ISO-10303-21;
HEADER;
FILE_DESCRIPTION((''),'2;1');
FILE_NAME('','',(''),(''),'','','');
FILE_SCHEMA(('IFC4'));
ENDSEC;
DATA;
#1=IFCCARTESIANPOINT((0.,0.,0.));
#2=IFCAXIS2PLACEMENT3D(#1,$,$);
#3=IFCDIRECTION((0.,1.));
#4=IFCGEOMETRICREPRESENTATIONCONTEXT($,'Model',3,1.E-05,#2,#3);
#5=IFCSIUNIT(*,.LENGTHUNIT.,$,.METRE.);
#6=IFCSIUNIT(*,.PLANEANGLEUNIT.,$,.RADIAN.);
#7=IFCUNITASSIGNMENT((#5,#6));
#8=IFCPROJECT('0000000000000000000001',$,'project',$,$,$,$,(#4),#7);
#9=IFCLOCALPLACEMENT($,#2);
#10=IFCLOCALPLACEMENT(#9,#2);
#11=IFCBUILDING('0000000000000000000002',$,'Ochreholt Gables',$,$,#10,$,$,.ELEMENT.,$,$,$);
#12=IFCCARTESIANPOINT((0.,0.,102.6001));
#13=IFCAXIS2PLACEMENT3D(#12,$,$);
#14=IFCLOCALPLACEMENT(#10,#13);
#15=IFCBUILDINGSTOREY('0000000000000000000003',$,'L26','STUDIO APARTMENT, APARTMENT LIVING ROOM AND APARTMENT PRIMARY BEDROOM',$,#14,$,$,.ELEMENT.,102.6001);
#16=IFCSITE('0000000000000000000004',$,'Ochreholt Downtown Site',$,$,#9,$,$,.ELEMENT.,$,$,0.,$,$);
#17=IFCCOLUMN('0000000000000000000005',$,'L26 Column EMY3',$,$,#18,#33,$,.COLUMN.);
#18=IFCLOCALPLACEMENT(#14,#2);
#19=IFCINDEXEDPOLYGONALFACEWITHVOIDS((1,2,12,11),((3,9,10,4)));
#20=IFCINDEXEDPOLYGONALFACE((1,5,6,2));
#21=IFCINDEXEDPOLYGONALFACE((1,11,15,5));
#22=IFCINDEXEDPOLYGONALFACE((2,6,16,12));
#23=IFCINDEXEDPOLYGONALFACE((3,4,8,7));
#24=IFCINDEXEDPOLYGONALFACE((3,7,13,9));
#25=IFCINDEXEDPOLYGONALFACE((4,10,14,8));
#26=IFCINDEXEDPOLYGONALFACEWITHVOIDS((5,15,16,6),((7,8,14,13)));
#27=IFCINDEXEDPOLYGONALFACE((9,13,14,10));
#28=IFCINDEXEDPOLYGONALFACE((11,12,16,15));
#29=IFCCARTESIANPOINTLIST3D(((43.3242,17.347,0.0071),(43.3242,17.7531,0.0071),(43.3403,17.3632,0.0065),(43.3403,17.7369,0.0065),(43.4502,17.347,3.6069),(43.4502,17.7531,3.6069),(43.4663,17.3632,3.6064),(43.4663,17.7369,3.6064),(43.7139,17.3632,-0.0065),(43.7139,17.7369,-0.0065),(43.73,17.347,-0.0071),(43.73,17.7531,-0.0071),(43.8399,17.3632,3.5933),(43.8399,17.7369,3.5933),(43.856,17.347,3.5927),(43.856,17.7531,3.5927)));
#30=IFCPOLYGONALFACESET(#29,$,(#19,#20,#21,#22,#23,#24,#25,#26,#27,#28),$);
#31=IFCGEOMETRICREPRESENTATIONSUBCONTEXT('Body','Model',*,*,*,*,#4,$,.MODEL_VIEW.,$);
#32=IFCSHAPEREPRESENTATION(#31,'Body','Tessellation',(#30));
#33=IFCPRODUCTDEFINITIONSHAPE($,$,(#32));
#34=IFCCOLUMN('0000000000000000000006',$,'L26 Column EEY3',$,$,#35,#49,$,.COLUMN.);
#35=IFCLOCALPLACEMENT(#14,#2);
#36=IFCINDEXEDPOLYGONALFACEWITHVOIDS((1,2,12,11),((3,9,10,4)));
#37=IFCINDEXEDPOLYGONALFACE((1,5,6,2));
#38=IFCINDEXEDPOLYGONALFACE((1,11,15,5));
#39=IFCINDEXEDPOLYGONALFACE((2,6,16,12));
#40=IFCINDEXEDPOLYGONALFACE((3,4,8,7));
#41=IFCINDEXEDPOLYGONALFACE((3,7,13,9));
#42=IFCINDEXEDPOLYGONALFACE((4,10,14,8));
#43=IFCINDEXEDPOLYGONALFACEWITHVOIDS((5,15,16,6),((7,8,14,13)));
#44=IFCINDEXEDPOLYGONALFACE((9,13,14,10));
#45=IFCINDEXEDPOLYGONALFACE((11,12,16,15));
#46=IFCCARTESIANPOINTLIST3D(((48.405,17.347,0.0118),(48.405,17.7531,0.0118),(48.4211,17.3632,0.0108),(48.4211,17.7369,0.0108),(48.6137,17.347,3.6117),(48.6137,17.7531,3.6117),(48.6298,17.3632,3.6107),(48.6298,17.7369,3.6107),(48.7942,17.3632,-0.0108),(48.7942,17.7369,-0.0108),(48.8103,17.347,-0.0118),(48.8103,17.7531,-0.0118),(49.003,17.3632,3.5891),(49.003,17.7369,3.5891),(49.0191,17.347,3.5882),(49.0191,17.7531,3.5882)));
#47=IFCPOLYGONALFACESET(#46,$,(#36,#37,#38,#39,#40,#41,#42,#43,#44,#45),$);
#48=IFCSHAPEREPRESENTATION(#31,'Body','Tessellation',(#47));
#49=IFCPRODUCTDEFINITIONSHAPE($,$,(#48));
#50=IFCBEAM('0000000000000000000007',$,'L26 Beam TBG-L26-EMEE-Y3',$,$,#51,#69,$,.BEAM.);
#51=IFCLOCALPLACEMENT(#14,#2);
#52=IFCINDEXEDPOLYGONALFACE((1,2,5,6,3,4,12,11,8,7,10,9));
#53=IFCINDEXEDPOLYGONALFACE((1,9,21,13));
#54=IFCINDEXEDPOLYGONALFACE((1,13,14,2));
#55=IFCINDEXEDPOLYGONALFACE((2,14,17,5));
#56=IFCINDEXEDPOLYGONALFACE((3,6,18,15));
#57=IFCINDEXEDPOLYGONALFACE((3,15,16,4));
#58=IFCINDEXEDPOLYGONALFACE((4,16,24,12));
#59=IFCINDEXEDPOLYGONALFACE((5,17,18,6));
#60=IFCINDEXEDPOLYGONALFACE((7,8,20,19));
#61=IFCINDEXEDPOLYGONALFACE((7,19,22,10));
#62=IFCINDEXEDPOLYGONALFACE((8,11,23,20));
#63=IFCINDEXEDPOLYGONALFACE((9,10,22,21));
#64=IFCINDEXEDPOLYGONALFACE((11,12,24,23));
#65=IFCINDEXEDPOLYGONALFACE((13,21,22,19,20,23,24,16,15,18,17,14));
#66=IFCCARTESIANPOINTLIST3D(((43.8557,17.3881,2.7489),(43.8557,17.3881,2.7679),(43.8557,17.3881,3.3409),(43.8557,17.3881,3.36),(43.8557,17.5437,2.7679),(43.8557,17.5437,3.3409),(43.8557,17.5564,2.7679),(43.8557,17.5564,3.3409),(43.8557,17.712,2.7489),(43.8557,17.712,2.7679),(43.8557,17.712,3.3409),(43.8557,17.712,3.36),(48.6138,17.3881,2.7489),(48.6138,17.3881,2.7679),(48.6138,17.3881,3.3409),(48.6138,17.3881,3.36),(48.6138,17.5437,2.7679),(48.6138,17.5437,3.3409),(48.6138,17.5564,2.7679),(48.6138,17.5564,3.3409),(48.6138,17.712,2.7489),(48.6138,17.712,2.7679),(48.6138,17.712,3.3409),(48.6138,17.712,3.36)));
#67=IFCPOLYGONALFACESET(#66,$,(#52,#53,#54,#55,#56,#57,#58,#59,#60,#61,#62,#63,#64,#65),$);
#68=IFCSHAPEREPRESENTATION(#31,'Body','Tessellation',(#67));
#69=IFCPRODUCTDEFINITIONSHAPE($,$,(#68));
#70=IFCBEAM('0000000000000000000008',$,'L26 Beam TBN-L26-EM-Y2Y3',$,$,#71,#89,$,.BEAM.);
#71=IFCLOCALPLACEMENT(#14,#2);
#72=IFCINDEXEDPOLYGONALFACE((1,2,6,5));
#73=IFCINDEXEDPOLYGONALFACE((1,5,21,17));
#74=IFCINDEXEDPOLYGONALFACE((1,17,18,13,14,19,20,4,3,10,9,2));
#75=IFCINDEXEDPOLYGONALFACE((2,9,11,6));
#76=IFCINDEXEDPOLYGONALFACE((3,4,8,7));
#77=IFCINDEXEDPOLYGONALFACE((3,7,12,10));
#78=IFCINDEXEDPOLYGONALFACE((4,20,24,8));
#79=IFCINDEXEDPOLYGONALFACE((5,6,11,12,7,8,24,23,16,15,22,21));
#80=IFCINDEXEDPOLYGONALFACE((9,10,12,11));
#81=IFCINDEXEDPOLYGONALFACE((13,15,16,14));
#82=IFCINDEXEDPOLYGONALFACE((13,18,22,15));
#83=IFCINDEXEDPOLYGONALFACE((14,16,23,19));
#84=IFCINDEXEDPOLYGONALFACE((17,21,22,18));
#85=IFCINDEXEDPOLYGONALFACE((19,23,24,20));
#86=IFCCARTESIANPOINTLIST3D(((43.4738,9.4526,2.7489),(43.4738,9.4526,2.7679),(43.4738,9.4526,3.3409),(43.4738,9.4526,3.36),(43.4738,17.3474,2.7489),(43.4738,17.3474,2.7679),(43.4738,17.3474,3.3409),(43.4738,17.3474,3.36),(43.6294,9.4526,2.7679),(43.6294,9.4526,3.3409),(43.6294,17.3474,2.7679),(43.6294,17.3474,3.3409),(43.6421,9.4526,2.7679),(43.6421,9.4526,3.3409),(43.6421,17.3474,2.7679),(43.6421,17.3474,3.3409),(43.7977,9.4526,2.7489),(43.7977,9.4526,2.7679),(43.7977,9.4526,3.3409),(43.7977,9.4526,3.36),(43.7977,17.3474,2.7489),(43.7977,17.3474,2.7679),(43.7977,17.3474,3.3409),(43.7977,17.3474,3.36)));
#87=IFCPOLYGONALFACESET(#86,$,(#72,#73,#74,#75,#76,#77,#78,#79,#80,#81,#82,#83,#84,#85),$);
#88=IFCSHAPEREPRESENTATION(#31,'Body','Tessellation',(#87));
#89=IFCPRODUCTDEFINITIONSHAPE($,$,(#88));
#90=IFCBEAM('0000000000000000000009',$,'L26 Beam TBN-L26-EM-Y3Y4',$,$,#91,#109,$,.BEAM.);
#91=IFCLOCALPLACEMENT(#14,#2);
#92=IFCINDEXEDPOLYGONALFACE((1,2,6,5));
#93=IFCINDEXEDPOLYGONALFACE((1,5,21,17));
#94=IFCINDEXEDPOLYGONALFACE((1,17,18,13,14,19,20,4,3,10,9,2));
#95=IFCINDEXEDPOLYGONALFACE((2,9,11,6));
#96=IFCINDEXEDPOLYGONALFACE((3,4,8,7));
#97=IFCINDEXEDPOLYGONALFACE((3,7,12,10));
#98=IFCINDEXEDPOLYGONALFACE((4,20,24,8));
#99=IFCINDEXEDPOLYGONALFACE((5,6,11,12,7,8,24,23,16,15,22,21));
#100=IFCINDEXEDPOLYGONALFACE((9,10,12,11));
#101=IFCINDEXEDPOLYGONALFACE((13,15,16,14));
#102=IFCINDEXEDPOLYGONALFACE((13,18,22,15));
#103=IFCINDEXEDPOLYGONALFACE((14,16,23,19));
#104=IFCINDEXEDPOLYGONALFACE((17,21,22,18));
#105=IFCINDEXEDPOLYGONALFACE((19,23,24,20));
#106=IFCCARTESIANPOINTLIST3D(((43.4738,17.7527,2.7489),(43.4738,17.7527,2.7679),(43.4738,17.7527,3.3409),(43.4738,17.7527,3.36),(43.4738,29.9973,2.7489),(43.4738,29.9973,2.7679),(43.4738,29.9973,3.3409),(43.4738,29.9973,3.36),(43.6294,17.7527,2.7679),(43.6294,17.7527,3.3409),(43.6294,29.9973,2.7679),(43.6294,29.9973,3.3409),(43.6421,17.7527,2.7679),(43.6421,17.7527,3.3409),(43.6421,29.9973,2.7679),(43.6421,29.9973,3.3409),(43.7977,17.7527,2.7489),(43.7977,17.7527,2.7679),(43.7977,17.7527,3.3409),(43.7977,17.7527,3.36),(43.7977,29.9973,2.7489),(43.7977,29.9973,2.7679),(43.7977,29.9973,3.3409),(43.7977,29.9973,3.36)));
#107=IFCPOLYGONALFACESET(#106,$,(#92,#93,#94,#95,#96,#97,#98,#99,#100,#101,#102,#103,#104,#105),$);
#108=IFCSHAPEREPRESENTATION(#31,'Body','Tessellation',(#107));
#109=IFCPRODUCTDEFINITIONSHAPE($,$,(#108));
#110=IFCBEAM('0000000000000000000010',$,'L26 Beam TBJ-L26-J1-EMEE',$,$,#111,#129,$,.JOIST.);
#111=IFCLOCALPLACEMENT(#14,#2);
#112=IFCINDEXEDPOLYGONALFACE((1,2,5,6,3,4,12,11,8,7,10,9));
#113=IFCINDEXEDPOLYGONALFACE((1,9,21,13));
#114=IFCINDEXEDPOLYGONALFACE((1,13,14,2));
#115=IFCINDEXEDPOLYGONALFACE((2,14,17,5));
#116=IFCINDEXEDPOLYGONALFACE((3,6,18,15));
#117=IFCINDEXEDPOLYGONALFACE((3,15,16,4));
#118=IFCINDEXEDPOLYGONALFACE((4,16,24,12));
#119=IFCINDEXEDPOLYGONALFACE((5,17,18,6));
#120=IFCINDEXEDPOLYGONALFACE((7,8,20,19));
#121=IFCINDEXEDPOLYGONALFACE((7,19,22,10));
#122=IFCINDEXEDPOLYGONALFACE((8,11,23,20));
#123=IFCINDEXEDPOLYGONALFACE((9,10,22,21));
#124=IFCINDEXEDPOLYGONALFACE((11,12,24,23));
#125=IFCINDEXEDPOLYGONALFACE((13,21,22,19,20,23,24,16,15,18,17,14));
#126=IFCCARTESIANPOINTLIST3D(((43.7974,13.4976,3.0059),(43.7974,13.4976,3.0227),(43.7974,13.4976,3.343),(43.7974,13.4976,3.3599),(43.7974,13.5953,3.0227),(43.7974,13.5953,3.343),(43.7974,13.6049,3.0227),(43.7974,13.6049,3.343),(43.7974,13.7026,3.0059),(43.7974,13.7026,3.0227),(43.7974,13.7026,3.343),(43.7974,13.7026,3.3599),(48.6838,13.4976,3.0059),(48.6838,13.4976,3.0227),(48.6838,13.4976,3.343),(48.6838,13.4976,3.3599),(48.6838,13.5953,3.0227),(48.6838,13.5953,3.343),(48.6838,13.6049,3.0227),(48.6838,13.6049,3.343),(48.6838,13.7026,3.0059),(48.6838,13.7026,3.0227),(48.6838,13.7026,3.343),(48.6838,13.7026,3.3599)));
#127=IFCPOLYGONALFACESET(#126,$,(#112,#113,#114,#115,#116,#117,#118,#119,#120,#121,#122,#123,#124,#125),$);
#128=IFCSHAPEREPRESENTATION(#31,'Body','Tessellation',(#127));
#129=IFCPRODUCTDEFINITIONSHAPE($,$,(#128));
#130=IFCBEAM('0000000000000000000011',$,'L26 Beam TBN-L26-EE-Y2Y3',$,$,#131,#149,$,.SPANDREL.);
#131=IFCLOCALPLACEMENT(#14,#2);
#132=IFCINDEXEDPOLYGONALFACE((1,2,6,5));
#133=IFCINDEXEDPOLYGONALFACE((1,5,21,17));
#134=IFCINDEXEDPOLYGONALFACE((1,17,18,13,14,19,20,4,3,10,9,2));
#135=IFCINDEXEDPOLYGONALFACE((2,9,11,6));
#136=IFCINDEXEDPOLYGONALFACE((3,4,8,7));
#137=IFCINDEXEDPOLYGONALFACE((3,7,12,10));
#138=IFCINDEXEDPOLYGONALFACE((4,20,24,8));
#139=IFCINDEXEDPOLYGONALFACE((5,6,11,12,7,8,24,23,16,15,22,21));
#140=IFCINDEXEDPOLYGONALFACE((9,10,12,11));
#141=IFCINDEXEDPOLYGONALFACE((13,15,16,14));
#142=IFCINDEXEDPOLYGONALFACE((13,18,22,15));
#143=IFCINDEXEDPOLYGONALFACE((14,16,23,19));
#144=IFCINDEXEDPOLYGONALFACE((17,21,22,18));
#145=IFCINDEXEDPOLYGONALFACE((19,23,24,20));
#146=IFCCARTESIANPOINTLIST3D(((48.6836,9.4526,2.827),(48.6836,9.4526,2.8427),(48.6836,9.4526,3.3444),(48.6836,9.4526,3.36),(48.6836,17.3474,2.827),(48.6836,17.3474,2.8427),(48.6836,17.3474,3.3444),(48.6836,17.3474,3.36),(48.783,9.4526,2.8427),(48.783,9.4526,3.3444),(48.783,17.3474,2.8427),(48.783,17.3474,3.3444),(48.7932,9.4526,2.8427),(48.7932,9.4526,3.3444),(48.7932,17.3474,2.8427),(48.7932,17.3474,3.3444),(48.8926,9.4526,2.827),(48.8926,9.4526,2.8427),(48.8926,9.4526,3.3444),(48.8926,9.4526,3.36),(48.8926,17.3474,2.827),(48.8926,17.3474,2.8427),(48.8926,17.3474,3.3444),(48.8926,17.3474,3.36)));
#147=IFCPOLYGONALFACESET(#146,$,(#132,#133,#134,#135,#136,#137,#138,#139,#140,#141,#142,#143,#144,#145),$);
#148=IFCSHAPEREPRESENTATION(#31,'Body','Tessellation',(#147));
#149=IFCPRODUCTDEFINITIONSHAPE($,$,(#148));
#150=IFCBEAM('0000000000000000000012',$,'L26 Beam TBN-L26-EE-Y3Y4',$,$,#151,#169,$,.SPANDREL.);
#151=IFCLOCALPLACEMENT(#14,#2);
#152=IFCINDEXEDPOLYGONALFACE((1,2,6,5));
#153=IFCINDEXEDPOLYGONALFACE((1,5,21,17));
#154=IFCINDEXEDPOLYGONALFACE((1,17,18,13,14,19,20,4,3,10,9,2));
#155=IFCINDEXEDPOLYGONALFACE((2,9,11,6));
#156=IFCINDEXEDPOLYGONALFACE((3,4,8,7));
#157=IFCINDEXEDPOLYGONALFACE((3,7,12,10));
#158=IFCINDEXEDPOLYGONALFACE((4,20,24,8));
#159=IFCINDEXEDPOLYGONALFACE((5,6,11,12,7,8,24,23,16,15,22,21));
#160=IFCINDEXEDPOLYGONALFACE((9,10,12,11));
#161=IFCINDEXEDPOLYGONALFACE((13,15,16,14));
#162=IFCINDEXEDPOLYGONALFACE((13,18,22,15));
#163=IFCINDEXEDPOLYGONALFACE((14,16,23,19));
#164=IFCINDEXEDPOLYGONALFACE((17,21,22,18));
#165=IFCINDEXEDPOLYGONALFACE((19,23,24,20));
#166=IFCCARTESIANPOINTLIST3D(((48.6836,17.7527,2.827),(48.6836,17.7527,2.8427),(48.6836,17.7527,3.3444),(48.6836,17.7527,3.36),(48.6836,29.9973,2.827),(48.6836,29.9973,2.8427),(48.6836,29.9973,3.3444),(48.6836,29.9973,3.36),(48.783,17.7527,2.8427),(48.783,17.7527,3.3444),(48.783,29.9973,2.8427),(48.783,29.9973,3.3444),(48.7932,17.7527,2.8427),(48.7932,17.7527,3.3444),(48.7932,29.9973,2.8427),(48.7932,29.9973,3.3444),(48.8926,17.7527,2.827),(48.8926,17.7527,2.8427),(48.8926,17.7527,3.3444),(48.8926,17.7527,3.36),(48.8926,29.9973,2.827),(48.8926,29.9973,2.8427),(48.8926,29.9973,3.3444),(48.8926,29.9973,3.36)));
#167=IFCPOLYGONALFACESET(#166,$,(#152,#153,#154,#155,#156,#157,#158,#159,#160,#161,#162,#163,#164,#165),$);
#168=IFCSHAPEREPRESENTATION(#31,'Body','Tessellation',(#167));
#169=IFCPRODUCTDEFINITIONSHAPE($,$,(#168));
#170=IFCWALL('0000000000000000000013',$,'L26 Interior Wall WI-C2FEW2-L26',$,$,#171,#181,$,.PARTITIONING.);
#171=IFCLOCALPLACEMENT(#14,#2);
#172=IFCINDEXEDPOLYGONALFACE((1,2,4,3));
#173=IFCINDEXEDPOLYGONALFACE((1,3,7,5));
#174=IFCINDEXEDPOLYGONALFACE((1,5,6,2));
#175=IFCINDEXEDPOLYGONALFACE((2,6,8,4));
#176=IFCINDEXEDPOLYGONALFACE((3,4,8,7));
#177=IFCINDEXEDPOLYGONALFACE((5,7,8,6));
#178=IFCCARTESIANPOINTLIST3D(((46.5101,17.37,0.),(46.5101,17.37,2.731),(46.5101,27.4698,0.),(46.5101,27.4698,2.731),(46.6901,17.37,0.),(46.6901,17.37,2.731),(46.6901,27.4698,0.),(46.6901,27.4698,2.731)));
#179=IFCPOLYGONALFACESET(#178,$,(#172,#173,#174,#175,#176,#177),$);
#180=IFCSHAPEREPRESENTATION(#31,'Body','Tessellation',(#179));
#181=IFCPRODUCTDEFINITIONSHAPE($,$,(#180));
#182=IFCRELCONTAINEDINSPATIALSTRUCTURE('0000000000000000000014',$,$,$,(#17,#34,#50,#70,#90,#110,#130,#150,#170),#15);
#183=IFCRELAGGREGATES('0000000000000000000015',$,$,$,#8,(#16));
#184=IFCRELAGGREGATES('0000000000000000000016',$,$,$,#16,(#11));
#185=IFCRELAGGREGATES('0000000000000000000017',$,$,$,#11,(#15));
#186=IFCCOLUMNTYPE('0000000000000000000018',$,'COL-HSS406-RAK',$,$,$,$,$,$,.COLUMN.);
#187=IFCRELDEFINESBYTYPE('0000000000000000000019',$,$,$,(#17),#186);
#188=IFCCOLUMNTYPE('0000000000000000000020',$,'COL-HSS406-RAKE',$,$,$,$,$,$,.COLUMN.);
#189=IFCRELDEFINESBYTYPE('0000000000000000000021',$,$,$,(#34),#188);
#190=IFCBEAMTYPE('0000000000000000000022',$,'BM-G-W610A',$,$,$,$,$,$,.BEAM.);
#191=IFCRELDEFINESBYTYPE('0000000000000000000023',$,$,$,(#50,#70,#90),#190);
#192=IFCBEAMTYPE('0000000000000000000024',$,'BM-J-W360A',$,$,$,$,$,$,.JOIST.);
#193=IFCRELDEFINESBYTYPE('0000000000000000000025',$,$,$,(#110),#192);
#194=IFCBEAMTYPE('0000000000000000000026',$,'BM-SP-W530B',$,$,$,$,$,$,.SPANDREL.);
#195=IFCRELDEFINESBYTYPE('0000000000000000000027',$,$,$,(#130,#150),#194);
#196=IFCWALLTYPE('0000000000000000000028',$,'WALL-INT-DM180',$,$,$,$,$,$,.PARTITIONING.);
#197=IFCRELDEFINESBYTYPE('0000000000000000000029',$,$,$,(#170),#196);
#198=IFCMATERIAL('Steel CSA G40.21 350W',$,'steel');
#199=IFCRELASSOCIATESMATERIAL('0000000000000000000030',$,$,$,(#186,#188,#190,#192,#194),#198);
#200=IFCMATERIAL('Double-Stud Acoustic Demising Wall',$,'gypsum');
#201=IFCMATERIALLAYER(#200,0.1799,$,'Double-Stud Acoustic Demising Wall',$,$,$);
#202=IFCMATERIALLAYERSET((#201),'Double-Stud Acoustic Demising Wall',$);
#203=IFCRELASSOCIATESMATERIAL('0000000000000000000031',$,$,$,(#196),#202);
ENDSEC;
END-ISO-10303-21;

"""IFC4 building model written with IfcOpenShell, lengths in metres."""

from ifc_helpers import new_model, si_unit, direction, frame, frame_2d, origin, origin_2d, place, context, subcontext, project, spatial, rectangle, hollow_rectangle, i_section, extrude, material, layer, layer_set, material_profile, profile_set, type_object, element, save


model = new_model("IFC4")

# Units and contexts
model_context = context("Model", 3, precision=1e-05, world=origin(), true_north=direction((0.0, 1.0)))
body_context = subcontext(model_context, "Body", "Model", "MODEL_VIEW")
ifc_project = project(units=[si_unit("LENGTHUNIT", "METRE"), si_unit("PLANEANGLEUNIT", "RADIAN")], contexts=[model_context])

# Site, building, storey
site_placement = place(None, origin())
site = spatial("IfcSite", under=ifc_project, at=site_placement, Name="Ochreholt Downtown Site", CompositionType="ELEMENT", RefElevation=0.0)
building_placement = place(site_placement, origin())
building = spatial("IfcBuilding", under=site, at=building_placement, Name="Ochreholt Gables", CompositionType="ELEMENT")
storey_placement = place(building_placement, frame((0.0, 0.0, 102.6001)))
storey = spatial("IfcBuildingStorey", under=building, at=storey_placement, Name="L26", Description="STUDIO APARTMENT, APARTMENT LIVING ROOM AND APARTMENT PRIMARY BEDROOM", CompositionType="ELEMENT", Elevation=102.6001)

# Columns
ifc_material_1 = material(Name="Steel CSA G40.21 350W", Category="steel")
ifc_material_profile_1 = material_profile(ifc_material_1, hollow_rectangle(XDim=0.406, YDim=0.406, WallThickness=0.0161, at=origin_2d()), Name="HSS406X406X16")
ifc_profile_set_1 = profile_set([ifc_material_profile_1], Name="Steel CSA G40.21 350W")
column_type_1 = type_object("IfcColumnType", Name="COL-HSS406-RAK", PredefinedType="COLUMN", material=ifc_profile_set_1)
column_1_placement = place(storey_placement, frame((43.5271, 17.55, 0.0), z_axis=(0.034974, 0.0, 0.999388), x_axis=(0.0, 1.0, 0.0)))
element("IfcColumn", 1, at=column_1_placement, inside=storey, type_object=column_type_1, Name="L26 Column EMY3", PredefinedType="COLUMN", context=body_context, shape_type="SweptSolid", body=[
    extrude(hollow_rectangle(XDim=0.406, YDim=0.406, WallThickness=0.0161, at=origin_2d()), origin(), (0.0, 0.0, 1.0), 3.6021),
])
ifc_material_profile_2 = material_profile(ifc_material_1, hollow_rectangle(XDim=0.406, YDim=0.406, WallThickness=0.0161, at=origin_2d()), Name="HSS406X406X16")
ifc_profile_set_2 = profile_set([ifc_material_profile_2], Name="Steel CSA G40.21 350W")
column_type_2 = type_object("IfcColumnType", Name="COL-HSS406-RAKE", PredefinedType="COLUMN", material=ifc_profile_set_2)
column_2_placement = place(storey_placement, frame((48.6077, 17.55, 0.0), z_axis=(0.057889, 0.0, 0.998323), x_axis=(0.0, 1.0, 0.0)))
element("IfcColumn", 2, at=column_2_placement, inside=storey, type_object=column_type_2, Name="L26 Column EEY3", PredefinedType="COLUMN", context=body_context, shape_type="SweptSolid", body=[
    extrude(hollow_rectangle(XDim=0.406, YDim=0.406, WallThickness=0.0161, at=origin_2d()), origin(), (0.0, 0.0, 1.0), 3.606),
])

# Beams
ifc_material_profile_3 = material_profile(ifc_material_1, i_section(OverallWidth=0.324, OverallDepth=0.6111, WebThickness=0.0127, FlangeThickness=0.019, at=origin_2d()), Name="W610X155")
ifc_profile_set_3 = profile_set([ifc_material_profile_3], Name="Steel CSA G40.21 350W")
beam_type_1 = type_object("IfcBeamType", Name="BM-G-W610A", PredefinedType="BEAM", material=ifc_profile_set_3)
beam_1_placement = place(storey_placement, frame((43.8557, 17.55, 3.0544), z_axis=(1.0, 0.0, 0.0), x_axis=(0.0, 1.0, 0.0)))
element("IfcBeam", 3, at=beam_1_placement, inside=storey, type_object=beam_type_1, Name="L26 Beam TBG-L26-EMEE-Y3", PredefinedType="BEAM", context=body_context, shape_type="SweptSolid", body=[
    extrude(i_section(OverallWidth=0.324, OverallDepth=0.6111, WebThickness=0.0127, FlangeThickness=0.019, at=origin_2d()), origin(), (0.0, 0.0, 1.0), 4.7581),
])
beam_2_placement = place(storey_placement, frame((43.6357, 9.4526, 3.0544), z_axis=(0.0, 1.0, 0.0), x_axis=(-1.0, 0.0, 0.0)))
element("IfcBeam", 4, at=beam_2_placement, inside=storey, type_object=beam_type_1, Name="L26 Beam TBN-L26-EM-Y2Y3", PredefinedType="BEAM", context=body_context, shape_type="SweptSolid", body=[
    extrude(i_section(OverallWidth=0.324, OverallDepth=0.6111, WebThickness=0.0127, FlangeThickness=0.019, at=origin_2d()), origin(), (0.0, 0.0, 1.0), 7.8948),
])
beam_3_placement = place(storey_placement, frame((43.6357, 17.7527, 3.0544), z_axis=(0.0, 1.0, 0.0), x_axis=(-1.0, 0.0, 0.0)))
element("IfcBeam", 5, at=beam_3_placement, inside=storey, type_object=beam_type_1, Name="L26 Beam TBN-L26-EM-Y3Y4", PredefinedType="BEAM", context=body_context, shape_type="SweptSolid", body=[
    extrude(i_section(OverallWidth=0.324, OverallDepth=0.6111, WebThickness=0.0127, FlangeThickness=0.019, at=origin_2d()), origin(), (0.0, 0.0, 1.0), 12.2446),
])
ifc_material_profile_4 = material_profile(ifc_material_1, i_section(OverallWidth=0.2051, OverallDepth=0.354, WebThickness=0.0095, FlangeThickness=0.0168, at=origin_2d()), Name="W360X79")
ifc_profile_set_4 = profile_set([ifc_material_profile_4], Name="Steel CSA G40.21 350W")
beam_type_2 = type_object("IfcBeamType", Name="BM-J-W360A", PredefinedType="JOIST", material=ifc_profile_set_4)
beam_4_placement = place(storey_placement, frame((43.7974, 13.6001, 3.1829), z_axis=(1.0, 0.0, 0.0), x_axis=(0.0, 1.0, 0.0)))
element("IfcBeam", 6, at=beam_4_placement, inside=storey, type_object=beam_type_2, Name="L26 Beam TBJ-L26-J1-EMEE", PredefinedType="JOIST", context=body_context, shape_type="SweptSolid", body=[
    extrude(i_section(OverallWidth=0.2051, OverallDepth=0.354, WebThickness=0.0095, FlangeThickness=0.0168, at=origin_2d()), origin(), (0.0, 0.0, 1.0), 4.8865),
])
ifc_material_profile_5 = material_profile(ifc_material_1, i_section(OverallWidth=0.209, OverallDepth=0.533, WebThickness=0.0103, FlangeThickness=0.0156, at=origin_2d()), Name="W530X92")
ifc_profile_set_5 = profile_set([ifc_material_profile_5], Name="Steel CSA G40.21 350W")
beam_type_3 = type_object("IfcBeamType", Name="BM-SP-W530B", PredefinedType="SPANDREL", material=ifc_profile_set_5)
beam_5_placement = place(storey_placement, frame((48.7881, 9.4526, 3.0935), z_axis=(0.0, 1.0, 0.0), x_axis=(-1.0, 0.0, 0.0)))
element("IfcBeam", 7, at=beam_5_placement, inside=storey, type_object=beam_type_3, Name="L26 Beam TBN-L26-EE-Y2Y3", PredefinedType="SPANDREL", context=body_context, shape_type="SweptSolid", body=[
    extrude(i_section(OverallWidth=0.209, OverallDepth=0.533, WebThickness=0.0103, FlangeThickness=0.0156, at=origin_2d()), origin(), (0.0, 0.0, 1.0), 7.8948),
])
beam_6_placement = place(storey_placement, frame((48.7881, 17.7527, 3.0935), z_axis=(0.0, 1.0, 0.0), x_axis=(-1.0, 0.0, 0.0)))
element("IfcBeam", 8, at=beam_6_placement, inside=storey, type_object=beam_type_3, Name="L26 Beam TBN-L26-EE-Y3Y4", PredefinedType="SPANDREL", context=body_context, shape_type="SweptSolid", body=[
    extrude(i_section(OverallWidth=0.209, OverallDepth=0.533, WebThickness=0.0103, FlangeThickness=0.0156, at=origin_2d()), origin(), (0.0, 0.0, 1.0), 12.2446),
])

# Wall
ifc_material_2 = material(Name="Double-Stud Acoustic Demising Wall", Category="gypsum")
ifc_layer_1 = layer(ifc_material_2, 0.1799, Name="Double-Stud Acoustic Demising Wall")
ifc_layer_set_1 = layer_set([ifc_layer_1], Name="Double-Stud Acoustic Demising Wall")
wall_type_1 = type_object("IfcWallType", Name="WALL-INT-DM180", PredefinedType="PARTITIONING", material=ifc_layer_set_1)
wall_1_placement = place(storey_placement, frame((46.6001, 17.3701, 0.0), z_axis=(0.0, 0.0, 1.0), x_axis=(0.0, 1.0, 0.0)))
element("IfcWall", 9, at=wall_1_placement, inside=storey, type_object=wall_type_1, Name="L26 Interior Wall WI-C2FEW2-L26", PredefinedType="PARTITIONING", context=body_context, shape_type="SweptSolid", body=[
    extrude(rectangle(XDim=10.0999, YDim=0.1799, at=frame_2d((5.0498, 0.0))), origin(), (0.0, 0.0, 1.0), 2.731),
])

save(model, "model.ifc")
